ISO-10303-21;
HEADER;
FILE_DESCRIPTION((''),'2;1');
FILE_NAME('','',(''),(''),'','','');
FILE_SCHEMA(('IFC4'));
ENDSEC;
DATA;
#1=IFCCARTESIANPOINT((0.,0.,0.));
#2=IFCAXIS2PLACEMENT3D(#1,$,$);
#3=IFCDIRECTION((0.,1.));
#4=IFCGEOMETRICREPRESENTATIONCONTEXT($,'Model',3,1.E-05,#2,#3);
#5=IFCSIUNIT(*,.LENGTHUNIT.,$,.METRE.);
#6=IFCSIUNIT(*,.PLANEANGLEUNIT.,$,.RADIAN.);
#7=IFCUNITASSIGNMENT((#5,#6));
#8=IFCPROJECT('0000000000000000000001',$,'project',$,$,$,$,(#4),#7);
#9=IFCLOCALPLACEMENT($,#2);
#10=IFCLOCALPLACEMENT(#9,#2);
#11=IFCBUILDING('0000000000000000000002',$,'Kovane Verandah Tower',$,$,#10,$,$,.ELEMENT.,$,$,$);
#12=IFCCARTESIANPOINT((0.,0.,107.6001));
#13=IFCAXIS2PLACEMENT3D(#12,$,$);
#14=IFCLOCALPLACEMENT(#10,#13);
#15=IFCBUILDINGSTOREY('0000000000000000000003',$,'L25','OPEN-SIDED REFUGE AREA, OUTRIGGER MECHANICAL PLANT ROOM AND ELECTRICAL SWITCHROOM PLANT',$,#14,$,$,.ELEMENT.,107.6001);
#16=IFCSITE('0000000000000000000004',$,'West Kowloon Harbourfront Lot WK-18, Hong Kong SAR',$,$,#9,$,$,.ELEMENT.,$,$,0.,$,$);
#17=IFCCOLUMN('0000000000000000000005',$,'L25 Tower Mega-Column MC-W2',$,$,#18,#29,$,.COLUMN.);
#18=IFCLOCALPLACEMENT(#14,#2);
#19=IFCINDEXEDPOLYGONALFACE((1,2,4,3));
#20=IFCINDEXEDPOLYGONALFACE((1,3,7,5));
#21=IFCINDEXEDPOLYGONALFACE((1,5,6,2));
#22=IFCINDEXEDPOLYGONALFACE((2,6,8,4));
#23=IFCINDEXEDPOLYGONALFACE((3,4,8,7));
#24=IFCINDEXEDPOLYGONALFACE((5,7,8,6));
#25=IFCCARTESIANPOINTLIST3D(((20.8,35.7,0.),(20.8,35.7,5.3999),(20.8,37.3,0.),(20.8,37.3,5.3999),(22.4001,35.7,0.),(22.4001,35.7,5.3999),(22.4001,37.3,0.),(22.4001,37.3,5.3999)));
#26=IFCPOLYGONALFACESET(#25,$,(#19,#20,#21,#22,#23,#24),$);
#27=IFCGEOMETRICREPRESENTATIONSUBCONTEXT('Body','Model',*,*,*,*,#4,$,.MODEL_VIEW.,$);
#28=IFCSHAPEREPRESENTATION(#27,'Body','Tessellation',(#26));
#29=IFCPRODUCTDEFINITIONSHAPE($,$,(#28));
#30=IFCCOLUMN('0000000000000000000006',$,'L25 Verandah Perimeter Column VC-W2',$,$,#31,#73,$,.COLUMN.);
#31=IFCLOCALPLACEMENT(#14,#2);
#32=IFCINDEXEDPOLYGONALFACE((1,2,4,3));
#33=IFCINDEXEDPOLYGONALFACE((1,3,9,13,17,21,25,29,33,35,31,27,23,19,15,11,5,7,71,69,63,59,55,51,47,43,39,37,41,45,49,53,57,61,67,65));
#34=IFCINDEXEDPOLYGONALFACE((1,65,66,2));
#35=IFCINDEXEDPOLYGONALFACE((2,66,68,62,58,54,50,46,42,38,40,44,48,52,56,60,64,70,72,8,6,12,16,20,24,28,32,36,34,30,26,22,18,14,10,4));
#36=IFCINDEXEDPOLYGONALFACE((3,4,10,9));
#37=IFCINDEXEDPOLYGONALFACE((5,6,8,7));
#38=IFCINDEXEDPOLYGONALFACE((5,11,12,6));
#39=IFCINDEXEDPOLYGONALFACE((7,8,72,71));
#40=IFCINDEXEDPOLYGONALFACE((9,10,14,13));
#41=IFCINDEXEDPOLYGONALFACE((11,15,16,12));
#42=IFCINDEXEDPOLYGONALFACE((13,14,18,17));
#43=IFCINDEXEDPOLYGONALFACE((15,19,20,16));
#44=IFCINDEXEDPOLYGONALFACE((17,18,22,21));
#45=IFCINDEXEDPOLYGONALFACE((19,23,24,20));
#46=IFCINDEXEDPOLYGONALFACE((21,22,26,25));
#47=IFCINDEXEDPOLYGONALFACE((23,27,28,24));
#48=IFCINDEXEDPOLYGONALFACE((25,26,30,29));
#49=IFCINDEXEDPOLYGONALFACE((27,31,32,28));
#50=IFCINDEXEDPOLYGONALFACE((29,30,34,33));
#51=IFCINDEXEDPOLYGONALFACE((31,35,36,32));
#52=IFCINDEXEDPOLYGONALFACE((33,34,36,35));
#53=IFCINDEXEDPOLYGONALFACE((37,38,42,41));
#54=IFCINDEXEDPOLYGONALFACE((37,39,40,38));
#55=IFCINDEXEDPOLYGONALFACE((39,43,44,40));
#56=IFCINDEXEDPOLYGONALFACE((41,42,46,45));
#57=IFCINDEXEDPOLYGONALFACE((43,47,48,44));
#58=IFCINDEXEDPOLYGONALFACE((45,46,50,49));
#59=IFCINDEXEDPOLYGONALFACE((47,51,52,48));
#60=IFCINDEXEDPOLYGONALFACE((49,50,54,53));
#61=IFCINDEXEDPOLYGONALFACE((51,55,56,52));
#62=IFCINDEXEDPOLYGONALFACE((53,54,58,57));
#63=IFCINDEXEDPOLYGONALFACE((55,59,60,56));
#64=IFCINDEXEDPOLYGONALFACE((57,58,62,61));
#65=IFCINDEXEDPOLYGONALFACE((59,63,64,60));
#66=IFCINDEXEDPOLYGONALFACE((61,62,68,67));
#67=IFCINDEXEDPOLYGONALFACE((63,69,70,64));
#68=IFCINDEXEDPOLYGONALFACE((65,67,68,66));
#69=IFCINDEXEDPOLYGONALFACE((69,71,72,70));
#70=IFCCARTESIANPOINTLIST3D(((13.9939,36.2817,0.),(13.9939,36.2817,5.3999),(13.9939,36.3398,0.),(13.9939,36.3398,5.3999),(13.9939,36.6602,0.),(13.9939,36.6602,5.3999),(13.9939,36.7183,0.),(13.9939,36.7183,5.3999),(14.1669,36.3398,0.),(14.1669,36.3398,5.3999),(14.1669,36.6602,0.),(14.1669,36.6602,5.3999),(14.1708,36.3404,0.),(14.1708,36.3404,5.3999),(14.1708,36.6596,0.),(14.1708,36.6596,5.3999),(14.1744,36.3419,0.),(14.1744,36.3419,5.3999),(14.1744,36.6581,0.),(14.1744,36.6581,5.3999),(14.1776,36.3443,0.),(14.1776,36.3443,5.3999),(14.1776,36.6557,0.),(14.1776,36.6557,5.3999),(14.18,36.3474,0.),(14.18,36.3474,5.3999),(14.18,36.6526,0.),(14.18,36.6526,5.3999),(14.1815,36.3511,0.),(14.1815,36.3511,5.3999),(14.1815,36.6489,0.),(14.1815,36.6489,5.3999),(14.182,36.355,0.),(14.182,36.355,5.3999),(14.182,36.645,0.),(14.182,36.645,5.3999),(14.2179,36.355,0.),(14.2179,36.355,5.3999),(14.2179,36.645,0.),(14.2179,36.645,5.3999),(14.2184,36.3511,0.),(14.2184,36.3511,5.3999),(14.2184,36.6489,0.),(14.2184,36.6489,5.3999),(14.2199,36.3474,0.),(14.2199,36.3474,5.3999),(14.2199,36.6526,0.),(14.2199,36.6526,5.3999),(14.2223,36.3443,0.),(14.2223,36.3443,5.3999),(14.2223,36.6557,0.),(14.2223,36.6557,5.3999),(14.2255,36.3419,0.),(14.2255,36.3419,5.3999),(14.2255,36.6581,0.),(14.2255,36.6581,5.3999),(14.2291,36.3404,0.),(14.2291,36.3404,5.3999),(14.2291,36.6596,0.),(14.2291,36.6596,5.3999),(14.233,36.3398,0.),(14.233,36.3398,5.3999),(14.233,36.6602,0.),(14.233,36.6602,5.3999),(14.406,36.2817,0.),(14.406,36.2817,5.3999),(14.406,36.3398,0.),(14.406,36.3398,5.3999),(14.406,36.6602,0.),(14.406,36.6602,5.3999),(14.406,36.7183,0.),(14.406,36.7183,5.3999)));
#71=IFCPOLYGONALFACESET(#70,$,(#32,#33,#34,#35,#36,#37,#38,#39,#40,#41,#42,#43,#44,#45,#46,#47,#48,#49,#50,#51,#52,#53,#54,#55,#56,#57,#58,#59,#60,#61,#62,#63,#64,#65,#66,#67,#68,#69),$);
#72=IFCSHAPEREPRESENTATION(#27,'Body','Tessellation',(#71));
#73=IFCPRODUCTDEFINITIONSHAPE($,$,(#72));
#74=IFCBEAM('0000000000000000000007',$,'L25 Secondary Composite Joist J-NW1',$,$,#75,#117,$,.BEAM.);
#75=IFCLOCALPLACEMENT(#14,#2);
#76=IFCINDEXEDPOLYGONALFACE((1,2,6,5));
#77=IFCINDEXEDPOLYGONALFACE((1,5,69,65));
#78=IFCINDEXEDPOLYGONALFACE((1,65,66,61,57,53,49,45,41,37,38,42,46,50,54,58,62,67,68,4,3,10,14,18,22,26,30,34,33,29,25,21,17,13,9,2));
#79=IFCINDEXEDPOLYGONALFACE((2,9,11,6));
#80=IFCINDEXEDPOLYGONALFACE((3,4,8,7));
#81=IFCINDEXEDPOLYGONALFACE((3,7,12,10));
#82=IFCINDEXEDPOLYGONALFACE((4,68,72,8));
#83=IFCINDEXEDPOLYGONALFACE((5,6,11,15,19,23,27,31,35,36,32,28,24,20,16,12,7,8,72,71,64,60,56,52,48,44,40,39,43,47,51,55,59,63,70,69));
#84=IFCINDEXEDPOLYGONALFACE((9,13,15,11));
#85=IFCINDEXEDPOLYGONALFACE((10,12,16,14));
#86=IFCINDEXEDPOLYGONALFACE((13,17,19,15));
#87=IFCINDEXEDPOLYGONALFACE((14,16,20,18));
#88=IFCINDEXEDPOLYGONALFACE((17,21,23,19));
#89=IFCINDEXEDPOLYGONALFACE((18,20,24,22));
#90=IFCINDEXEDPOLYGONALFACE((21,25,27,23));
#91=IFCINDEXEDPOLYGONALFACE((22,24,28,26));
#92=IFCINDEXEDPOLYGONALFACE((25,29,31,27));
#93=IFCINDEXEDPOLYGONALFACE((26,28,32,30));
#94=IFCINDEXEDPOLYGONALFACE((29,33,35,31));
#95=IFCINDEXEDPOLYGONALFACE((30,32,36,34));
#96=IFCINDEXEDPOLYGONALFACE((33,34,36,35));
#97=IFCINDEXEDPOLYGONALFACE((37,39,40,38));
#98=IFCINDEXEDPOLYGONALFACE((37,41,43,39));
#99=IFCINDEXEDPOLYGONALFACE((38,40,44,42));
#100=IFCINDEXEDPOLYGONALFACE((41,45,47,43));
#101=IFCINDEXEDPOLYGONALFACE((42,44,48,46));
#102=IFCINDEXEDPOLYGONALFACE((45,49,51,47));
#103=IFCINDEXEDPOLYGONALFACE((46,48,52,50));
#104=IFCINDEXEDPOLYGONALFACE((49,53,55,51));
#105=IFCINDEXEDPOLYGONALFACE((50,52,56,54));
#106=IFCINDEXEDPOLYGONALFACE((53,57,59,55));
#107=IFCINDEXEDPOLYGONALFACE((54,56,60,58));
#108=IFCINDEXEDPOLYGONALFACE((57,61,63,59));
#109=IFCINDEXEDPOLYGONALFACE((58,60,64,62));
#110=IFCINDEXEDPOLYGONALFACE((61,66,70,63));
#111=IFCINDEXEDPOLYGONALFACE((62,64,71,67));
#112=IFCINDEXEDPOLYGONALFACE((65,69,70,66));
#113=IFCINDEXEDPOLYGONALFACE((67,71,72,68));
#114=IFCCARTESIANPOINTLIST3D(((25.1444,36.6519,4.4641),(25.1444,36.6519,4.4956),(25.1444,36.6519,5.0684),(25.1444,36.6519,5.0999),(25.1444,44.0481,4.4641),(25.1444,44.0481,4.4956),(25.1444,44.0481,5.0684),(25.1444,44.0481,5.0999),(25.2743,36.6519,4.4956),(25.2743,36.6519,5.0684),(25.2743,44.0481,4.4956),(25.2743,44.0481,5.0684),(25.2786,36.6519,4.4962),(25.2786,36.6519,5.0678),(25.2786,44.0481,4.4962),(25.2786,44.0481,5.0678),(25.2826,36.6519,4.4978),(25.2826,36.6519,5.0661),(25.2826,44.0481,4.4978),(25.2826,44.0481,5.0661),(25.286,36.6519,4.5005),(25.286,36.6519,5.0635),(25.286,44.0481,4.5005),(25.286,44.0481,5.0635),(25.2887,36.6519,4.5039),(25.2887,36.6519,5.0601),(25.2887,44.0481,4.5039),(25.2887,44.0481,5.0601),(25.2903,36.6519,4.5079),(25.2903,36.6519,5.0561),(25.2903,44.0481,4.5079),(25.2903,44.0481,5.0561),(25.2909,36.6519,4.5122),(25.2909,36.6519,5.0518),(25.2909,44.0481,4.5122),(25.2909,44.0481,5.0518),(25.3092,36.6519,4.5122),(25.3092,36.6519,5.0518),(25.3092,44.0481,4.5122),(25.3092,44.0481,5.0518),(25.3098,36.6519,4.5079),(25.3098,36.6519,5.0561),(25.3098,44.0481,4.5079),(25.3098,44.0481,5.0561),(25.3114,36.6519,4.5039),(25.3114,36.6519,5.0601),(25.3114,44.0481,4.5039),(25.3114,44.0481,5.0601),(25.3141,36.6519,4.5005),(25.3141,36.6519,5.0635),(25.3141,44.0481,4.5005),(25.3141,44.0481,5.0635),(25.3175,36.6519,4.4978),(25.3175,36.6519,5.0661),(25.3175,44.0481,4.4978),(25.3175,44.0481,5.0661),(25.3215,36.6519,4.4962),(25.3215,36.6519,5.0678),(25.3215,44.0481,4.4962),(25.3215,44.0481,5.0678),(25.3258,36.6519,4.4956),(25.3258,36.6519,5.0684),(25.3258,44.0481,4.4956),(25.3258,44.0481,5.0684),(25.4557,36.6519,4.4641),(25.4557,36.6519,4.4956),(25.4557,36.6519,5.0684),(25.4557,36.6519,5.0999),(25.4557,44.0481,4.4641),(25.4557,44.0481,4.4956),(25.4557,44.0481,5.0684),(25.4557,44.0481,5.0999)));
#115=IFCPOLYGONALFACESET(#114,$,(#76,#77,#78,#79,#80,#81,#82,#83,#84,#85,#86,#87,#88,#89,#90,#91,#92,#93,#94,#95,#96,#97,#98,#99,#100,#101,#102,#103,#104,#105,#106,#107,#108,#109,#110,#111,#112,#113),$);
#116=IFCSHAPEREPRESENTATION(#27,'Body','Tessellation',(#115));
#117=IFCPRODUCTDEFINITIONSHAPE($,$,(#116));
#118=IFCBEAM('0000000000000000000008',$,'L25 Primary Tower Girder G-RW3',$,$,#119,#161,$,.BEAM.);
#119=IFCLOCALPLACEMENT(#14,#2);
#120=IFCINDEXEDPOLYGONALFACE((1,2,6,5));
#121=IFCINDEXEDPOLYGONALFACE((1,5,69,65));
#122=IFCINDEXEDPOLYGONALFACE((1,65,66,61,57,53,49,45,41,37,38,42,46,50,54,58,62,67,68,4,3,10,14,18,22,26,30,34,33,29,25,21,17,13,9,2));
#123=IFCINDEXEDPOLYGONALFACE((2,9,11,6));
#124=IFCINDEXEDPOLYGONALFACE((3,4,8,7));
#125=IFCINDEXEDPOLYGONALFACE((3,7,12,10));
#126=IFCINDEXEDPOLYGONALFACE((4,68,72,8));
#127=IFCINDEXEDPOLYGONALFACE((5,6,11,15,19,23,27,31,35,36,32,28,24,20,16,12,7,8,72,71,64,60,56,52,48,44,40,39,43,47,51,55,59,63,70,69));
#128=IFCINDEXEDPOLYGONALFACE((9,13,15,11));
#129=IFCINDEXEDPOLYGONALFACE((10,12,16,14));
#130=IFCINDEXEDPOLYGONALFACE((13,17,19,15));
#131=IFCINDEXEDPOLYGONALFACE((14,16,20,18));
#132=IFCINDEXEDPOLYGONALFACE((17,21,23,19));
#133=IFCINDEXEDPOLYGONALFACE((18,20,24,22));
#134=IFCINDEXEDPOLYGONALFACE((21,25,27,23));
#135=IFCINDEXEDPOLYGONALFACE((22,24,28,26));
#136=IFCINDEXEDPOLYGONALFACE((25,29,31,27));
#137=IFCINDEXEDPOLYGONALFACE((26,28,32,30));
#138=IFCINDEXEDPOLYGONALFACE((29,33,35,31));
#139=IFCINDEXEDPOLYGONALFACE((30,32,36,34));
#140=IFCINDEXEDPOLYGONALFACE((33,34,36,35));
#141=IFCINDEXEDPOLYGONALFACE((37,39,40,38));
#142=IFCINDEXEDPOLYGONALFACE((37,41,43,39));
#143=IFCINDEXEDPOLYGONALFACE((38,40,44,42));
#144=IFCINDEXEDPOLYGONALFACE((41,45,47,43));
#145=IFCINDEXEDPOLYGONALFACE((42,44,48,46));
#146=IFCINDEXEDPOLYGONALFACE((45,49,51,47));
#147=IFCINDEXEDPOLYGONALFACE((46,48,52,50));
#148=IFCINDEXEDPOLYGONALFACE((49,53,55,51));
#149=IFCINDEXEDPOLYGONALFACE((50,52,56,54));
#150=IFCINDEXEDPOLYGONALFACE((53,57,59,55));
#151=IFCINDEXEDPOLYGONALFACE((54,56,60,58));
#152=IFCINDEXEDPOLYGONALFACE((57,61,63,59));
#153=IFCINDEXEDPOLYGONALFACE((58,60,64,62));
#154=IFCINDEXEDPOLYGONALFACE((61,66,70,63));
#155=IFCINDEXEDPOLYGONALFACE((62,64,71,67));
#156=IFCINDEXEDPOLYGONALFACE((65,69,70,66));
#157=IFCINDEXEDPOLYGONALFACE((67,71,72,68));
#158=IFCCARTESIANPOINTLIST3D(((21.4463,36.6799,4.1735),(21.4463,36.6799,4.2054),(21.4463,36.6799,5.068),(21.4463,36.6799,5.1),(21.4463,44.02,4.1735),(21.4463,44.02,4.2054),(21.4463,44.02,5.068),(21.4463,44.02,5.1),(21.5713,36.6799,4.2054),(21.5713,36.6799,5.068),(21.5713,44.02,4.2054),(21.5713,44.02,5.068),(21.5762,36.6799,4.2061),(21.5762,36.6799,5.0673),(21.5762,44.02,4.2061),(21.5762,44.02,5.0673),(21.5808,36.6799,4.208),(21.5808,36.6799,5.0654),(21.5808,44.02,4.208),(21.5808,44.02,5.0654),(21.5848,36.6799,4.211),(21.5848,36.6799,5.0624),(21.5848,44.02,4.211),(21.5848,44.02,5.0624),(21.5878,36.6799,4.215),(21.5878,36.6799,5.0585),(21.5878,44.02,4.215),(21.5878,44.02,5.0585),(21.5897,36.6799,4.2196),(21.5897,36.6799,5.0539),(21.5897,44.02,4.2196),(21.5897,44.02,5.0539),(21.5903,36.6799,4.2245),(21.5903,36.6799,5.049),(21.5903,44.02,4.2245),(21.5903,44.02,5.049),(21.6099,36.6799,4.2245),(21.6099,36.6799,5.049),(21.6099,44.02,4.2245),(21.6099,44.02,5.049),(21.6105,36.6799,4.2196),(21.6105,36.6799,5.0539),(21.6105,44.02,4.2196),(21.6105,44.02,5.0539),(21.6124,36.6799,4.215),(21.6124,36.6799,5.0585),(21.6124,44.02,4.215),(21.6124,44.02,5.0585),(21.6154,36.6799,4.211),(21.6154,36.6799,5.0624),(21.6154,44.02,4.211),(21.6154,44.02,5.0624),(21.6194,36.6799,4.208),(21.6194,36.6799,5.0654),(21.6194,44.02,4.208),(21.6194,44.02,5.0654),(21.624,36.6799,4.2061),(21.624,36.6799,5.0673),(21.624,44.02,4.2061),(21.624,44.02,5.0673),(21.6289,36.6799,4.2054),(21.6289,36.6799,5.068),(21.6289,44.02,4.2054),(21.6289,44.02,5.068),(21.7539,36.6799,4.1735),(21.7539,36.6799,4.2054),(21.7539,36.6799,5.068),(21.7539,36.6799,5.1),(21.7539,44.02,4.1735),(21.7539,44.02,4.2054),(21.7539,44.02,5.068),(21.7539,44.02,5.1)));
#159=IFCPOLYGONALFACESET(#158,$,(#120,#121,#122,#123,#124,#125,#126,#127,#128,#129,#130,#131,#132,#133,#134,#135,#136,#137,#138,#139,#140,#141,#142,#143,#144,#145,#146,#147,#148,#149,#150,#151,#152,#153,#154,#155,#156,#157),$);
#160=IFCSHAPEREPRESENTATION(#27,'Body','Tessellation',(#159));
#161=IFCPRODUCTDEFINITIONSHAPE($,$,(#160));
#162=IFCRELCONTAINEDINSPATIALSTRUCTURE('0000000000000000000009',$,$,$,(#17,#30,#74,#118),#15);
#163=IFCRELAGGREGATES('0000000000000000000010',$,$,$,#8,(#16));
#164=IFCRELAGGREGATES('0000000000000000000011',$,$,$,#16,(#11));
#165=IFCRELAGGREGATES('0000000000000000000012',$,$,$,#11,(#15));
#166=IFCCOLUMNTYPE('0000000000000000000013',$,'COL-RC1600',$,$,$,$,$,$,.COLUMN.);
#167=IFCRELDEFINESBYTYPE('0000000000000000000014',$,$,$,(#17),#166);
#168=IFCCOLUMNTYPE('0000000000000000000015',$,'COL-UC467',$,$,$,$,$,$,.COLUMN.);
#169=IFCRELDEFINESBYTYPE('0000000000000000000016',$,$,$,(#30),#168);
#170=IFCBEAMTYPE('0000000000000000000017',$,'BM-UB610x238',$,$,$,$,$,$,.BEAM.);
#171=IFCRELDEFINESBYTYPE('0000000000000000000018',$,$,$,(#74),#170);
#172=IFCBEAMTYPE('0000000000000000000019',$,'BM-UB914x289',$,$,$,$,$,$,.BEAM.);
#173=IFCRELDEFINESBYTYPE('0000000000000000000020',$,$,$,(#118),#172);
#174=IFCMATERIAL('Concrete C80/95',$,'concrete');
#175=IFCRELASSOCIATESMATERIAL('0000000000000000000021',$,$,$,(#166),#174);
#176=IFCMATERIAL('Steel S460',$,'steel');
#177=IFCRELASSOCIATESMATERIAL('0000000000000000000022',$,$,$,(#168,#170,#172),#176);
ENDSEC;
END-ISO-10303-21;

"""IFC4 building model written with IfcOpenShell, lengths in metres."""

from ifc_helpers import new_model, si_unit, direction, frame, origin, origin_2d, place, context, subcontext, project, spatial, rectangle, i_section, extrude, material, material_profile, profile_set, type_object, element, save


model = new_model("IFC4")

# Units and contexts
model_context = context("Model", 3, precision=1e-05, world=origin(), true_north=direction((0.0, 1.0)))
body_context = subcontext(model_context, "Body", "Model", "MODEL_VIEW")
ifc_project = project(units=[si_unit("LENGTHUNIT", "METRE"), si_unit("PLANEANGLEUNIT", "RADIAN")], contexts=[model_context])

# Site, building, storey
site_placement = place(None, origin())
site = spatial("IfcSite", under=ifc_project, at=site_placement, Name="West Kowloon Harbourfront Lot WK-18, Hong Kong SAR", CompositionType="ELEMENT", RefElevation=0.0)
building_placement = place(site_placement, origin())
building = spatial("IfcBuilding", under=site, at=building_placement, Name="Kovane Verandah Tower", CompositionType="ELEMENT")
storey_placement = place(building_placement, frame((0.0, 0.0, 107.6001)))
storey = spatial("IfcBuildingStorey", under=building, at=storey_placement, Name="L25", Description="OPEN-SIDED REFUGE AREA, OUTRIGGER MECHANICAL PLANT ROOM AND ELECTRICAL SWITCHROOM PLANT", CompositionType="ELEMENT", Elevation=107.6001)

# Columns
ifc_material_1 = material(Name="Concrete C80/95", Category="concrete")
ifc_material_profile_1 = material_profile(ifc_material_1, rectangle(XDim=1.6001, YDim=1.6001, at=origin_2d()), Name="RC1600x1600")
ifc_profile_set_1 = profile_set([ifc_material_profile_1], Name="Concrete C80/95")
column_type_1 = type_object("IfcColumnType", Name="COL-RC1600", PredefinedType="COLUMN", material=ifc_profile_set_1)
column_1_placement = place(storey_placement, frame((21.6001, 36.5, 0.0), z_axis=(0.0, 0.0, 1.0), x_axis=(1.0, 0.0, 0.0)))
element("IfcColumn", 1, at=column_1_placement, inside=storey, type_object=column_type_1, Name="L25 Tower Mega-Column MC-W2", PredefinedType="COLUMN", context=body_context, shape_type="SweptSolid", body=[
    extrude(rectangle(XDim=1.6001, YDim=1.6001, at=origin_2d()), origin(), (0.0, 0.0, 1.0), 5.3999),
])
ifc_material_2 = material(Name="Steel S460", Category="steel")
ifc_material_profile_2 = material_profile(ifc_material_2, i_section(OverallWidth=0.4121, OverallDepth=0.4365, WebThickness=0.0359, FlangeThickness=0.0581, FilletRadius=0.0151, at=origin_2d()), Name="UC356x406x467")
ifc_profile_set_2 = profile_set([ifc_material_profile_2], Name="Steel S460")
column_type_2 = type_object("IfcColumnType", Name="COL-UC467", PredefinedType="COLUMN", material=ifc_profile_set_2)
column_2_placement = place(storey_placement, frame((14.2, 36.5, 0.0), z_axis=(0.0, 0.0, 1.0), x_axis=(1.0, 0.0, 0.0)))
element("IfcColumn", 2, at=column_2_placement, inside=storey, type_object=column_type_2, Name="L25 Verandah Perimeter Column VC-W2", PredefinedType="COLUMN", context=body_context, shape_type="SweptSolid", body=[
    extrude(i_section(OverallWidth=0.4121, OverallDepth=0.4365, WebThickness=0.0359, FlangeThickness=0.0581, FilletRadius=0.0151, at=origin_2d()), origin(), (0.0, 0.0, 1.0), 5.3999),
])

# Beams
ifc_material_profile_3 = material_profile(ifc_material_2, i_section(OverallWidth=0.3113, OverallDepth=0.6357, WebThickness=0.0183, FlangeThickness=0.0315, FilletRadius=0.0166, at=origin_2d()), Name="UB610x305x238")
ifc_profile_set_3 = profile_set([ifc_material_profile_3], Name="Steel S460")
beam_type_1 = type_object("IfcBeamType", Name="BM-UB610x238", PredefinedType="BEAM", material=ifc_profile_set_3)
beam_1_placement = place(storey_placement, frame((25.3, 36.6519, 4.782), z_axis=(0.0, 1.0, 0.0), x_axis=(-1.0, 0.0, 0.0)))
element("IfcBeam", 3, at=beam_1_placement, inside=storey, type_object=beam_type_1, Name="L25 Secondary Composite Joist J-NW1", PredefinedType="BEAM", context=body_context, shape_type="SweptSolid", body=[
    extrude(i_section(OverallWidth=0.3113, OverallDepth=0.6357, WebThickness=0.0183, FlangeThickness=0.0315, FilletRadius=0.0166, at=origin_2d()), origin(), (0.0, 0.0, 1.0), 7.3962),
])
ifc_material_profile_4 = material_profile(ifc_material_2, i_section(OverallWidth=0.3076, OverallDepth=0.9265, WebThickness=0.0195, FlangeThickness=0.032, FilletRadius=0.019, at=origin_2d()), Name="UB914x305x289")
ifc_profile_set_4 = profile_set([ifc_material_profile_4], Name="Steel S460")
beam_type_2 = type_object("IfcBeamType", Name="BM-UB914x289", PredefinedType="BEAM", material=ifc_profile_set_4)
beam_2_placement = place(storey_placement, frame((21.6001, 36.6799, 4.6367), z_axis=(0.0, 1.0, 0.0), x_axis=(-1.0, 0.0, 0.0)))
element("IfcBeam", 4, at=beam_2_placement, inside=storey, type_object=beam_type_2, Name="L25 Primary Tower Girder G-RW3", PredefinedType="BEAM", context=body_context, shape_type="SweptSolid", body=[
    extrude(i_section(OverallWidth=0.3076, OverallDepth=0.9265, WebThickness=0.0195, FlangeThickness=0.032, FilletRadius=0.019, at=origin_2d()), origin(), (0.0, 0.0, 1.0), 7.3401),
])

save(model, "model.ifc")
